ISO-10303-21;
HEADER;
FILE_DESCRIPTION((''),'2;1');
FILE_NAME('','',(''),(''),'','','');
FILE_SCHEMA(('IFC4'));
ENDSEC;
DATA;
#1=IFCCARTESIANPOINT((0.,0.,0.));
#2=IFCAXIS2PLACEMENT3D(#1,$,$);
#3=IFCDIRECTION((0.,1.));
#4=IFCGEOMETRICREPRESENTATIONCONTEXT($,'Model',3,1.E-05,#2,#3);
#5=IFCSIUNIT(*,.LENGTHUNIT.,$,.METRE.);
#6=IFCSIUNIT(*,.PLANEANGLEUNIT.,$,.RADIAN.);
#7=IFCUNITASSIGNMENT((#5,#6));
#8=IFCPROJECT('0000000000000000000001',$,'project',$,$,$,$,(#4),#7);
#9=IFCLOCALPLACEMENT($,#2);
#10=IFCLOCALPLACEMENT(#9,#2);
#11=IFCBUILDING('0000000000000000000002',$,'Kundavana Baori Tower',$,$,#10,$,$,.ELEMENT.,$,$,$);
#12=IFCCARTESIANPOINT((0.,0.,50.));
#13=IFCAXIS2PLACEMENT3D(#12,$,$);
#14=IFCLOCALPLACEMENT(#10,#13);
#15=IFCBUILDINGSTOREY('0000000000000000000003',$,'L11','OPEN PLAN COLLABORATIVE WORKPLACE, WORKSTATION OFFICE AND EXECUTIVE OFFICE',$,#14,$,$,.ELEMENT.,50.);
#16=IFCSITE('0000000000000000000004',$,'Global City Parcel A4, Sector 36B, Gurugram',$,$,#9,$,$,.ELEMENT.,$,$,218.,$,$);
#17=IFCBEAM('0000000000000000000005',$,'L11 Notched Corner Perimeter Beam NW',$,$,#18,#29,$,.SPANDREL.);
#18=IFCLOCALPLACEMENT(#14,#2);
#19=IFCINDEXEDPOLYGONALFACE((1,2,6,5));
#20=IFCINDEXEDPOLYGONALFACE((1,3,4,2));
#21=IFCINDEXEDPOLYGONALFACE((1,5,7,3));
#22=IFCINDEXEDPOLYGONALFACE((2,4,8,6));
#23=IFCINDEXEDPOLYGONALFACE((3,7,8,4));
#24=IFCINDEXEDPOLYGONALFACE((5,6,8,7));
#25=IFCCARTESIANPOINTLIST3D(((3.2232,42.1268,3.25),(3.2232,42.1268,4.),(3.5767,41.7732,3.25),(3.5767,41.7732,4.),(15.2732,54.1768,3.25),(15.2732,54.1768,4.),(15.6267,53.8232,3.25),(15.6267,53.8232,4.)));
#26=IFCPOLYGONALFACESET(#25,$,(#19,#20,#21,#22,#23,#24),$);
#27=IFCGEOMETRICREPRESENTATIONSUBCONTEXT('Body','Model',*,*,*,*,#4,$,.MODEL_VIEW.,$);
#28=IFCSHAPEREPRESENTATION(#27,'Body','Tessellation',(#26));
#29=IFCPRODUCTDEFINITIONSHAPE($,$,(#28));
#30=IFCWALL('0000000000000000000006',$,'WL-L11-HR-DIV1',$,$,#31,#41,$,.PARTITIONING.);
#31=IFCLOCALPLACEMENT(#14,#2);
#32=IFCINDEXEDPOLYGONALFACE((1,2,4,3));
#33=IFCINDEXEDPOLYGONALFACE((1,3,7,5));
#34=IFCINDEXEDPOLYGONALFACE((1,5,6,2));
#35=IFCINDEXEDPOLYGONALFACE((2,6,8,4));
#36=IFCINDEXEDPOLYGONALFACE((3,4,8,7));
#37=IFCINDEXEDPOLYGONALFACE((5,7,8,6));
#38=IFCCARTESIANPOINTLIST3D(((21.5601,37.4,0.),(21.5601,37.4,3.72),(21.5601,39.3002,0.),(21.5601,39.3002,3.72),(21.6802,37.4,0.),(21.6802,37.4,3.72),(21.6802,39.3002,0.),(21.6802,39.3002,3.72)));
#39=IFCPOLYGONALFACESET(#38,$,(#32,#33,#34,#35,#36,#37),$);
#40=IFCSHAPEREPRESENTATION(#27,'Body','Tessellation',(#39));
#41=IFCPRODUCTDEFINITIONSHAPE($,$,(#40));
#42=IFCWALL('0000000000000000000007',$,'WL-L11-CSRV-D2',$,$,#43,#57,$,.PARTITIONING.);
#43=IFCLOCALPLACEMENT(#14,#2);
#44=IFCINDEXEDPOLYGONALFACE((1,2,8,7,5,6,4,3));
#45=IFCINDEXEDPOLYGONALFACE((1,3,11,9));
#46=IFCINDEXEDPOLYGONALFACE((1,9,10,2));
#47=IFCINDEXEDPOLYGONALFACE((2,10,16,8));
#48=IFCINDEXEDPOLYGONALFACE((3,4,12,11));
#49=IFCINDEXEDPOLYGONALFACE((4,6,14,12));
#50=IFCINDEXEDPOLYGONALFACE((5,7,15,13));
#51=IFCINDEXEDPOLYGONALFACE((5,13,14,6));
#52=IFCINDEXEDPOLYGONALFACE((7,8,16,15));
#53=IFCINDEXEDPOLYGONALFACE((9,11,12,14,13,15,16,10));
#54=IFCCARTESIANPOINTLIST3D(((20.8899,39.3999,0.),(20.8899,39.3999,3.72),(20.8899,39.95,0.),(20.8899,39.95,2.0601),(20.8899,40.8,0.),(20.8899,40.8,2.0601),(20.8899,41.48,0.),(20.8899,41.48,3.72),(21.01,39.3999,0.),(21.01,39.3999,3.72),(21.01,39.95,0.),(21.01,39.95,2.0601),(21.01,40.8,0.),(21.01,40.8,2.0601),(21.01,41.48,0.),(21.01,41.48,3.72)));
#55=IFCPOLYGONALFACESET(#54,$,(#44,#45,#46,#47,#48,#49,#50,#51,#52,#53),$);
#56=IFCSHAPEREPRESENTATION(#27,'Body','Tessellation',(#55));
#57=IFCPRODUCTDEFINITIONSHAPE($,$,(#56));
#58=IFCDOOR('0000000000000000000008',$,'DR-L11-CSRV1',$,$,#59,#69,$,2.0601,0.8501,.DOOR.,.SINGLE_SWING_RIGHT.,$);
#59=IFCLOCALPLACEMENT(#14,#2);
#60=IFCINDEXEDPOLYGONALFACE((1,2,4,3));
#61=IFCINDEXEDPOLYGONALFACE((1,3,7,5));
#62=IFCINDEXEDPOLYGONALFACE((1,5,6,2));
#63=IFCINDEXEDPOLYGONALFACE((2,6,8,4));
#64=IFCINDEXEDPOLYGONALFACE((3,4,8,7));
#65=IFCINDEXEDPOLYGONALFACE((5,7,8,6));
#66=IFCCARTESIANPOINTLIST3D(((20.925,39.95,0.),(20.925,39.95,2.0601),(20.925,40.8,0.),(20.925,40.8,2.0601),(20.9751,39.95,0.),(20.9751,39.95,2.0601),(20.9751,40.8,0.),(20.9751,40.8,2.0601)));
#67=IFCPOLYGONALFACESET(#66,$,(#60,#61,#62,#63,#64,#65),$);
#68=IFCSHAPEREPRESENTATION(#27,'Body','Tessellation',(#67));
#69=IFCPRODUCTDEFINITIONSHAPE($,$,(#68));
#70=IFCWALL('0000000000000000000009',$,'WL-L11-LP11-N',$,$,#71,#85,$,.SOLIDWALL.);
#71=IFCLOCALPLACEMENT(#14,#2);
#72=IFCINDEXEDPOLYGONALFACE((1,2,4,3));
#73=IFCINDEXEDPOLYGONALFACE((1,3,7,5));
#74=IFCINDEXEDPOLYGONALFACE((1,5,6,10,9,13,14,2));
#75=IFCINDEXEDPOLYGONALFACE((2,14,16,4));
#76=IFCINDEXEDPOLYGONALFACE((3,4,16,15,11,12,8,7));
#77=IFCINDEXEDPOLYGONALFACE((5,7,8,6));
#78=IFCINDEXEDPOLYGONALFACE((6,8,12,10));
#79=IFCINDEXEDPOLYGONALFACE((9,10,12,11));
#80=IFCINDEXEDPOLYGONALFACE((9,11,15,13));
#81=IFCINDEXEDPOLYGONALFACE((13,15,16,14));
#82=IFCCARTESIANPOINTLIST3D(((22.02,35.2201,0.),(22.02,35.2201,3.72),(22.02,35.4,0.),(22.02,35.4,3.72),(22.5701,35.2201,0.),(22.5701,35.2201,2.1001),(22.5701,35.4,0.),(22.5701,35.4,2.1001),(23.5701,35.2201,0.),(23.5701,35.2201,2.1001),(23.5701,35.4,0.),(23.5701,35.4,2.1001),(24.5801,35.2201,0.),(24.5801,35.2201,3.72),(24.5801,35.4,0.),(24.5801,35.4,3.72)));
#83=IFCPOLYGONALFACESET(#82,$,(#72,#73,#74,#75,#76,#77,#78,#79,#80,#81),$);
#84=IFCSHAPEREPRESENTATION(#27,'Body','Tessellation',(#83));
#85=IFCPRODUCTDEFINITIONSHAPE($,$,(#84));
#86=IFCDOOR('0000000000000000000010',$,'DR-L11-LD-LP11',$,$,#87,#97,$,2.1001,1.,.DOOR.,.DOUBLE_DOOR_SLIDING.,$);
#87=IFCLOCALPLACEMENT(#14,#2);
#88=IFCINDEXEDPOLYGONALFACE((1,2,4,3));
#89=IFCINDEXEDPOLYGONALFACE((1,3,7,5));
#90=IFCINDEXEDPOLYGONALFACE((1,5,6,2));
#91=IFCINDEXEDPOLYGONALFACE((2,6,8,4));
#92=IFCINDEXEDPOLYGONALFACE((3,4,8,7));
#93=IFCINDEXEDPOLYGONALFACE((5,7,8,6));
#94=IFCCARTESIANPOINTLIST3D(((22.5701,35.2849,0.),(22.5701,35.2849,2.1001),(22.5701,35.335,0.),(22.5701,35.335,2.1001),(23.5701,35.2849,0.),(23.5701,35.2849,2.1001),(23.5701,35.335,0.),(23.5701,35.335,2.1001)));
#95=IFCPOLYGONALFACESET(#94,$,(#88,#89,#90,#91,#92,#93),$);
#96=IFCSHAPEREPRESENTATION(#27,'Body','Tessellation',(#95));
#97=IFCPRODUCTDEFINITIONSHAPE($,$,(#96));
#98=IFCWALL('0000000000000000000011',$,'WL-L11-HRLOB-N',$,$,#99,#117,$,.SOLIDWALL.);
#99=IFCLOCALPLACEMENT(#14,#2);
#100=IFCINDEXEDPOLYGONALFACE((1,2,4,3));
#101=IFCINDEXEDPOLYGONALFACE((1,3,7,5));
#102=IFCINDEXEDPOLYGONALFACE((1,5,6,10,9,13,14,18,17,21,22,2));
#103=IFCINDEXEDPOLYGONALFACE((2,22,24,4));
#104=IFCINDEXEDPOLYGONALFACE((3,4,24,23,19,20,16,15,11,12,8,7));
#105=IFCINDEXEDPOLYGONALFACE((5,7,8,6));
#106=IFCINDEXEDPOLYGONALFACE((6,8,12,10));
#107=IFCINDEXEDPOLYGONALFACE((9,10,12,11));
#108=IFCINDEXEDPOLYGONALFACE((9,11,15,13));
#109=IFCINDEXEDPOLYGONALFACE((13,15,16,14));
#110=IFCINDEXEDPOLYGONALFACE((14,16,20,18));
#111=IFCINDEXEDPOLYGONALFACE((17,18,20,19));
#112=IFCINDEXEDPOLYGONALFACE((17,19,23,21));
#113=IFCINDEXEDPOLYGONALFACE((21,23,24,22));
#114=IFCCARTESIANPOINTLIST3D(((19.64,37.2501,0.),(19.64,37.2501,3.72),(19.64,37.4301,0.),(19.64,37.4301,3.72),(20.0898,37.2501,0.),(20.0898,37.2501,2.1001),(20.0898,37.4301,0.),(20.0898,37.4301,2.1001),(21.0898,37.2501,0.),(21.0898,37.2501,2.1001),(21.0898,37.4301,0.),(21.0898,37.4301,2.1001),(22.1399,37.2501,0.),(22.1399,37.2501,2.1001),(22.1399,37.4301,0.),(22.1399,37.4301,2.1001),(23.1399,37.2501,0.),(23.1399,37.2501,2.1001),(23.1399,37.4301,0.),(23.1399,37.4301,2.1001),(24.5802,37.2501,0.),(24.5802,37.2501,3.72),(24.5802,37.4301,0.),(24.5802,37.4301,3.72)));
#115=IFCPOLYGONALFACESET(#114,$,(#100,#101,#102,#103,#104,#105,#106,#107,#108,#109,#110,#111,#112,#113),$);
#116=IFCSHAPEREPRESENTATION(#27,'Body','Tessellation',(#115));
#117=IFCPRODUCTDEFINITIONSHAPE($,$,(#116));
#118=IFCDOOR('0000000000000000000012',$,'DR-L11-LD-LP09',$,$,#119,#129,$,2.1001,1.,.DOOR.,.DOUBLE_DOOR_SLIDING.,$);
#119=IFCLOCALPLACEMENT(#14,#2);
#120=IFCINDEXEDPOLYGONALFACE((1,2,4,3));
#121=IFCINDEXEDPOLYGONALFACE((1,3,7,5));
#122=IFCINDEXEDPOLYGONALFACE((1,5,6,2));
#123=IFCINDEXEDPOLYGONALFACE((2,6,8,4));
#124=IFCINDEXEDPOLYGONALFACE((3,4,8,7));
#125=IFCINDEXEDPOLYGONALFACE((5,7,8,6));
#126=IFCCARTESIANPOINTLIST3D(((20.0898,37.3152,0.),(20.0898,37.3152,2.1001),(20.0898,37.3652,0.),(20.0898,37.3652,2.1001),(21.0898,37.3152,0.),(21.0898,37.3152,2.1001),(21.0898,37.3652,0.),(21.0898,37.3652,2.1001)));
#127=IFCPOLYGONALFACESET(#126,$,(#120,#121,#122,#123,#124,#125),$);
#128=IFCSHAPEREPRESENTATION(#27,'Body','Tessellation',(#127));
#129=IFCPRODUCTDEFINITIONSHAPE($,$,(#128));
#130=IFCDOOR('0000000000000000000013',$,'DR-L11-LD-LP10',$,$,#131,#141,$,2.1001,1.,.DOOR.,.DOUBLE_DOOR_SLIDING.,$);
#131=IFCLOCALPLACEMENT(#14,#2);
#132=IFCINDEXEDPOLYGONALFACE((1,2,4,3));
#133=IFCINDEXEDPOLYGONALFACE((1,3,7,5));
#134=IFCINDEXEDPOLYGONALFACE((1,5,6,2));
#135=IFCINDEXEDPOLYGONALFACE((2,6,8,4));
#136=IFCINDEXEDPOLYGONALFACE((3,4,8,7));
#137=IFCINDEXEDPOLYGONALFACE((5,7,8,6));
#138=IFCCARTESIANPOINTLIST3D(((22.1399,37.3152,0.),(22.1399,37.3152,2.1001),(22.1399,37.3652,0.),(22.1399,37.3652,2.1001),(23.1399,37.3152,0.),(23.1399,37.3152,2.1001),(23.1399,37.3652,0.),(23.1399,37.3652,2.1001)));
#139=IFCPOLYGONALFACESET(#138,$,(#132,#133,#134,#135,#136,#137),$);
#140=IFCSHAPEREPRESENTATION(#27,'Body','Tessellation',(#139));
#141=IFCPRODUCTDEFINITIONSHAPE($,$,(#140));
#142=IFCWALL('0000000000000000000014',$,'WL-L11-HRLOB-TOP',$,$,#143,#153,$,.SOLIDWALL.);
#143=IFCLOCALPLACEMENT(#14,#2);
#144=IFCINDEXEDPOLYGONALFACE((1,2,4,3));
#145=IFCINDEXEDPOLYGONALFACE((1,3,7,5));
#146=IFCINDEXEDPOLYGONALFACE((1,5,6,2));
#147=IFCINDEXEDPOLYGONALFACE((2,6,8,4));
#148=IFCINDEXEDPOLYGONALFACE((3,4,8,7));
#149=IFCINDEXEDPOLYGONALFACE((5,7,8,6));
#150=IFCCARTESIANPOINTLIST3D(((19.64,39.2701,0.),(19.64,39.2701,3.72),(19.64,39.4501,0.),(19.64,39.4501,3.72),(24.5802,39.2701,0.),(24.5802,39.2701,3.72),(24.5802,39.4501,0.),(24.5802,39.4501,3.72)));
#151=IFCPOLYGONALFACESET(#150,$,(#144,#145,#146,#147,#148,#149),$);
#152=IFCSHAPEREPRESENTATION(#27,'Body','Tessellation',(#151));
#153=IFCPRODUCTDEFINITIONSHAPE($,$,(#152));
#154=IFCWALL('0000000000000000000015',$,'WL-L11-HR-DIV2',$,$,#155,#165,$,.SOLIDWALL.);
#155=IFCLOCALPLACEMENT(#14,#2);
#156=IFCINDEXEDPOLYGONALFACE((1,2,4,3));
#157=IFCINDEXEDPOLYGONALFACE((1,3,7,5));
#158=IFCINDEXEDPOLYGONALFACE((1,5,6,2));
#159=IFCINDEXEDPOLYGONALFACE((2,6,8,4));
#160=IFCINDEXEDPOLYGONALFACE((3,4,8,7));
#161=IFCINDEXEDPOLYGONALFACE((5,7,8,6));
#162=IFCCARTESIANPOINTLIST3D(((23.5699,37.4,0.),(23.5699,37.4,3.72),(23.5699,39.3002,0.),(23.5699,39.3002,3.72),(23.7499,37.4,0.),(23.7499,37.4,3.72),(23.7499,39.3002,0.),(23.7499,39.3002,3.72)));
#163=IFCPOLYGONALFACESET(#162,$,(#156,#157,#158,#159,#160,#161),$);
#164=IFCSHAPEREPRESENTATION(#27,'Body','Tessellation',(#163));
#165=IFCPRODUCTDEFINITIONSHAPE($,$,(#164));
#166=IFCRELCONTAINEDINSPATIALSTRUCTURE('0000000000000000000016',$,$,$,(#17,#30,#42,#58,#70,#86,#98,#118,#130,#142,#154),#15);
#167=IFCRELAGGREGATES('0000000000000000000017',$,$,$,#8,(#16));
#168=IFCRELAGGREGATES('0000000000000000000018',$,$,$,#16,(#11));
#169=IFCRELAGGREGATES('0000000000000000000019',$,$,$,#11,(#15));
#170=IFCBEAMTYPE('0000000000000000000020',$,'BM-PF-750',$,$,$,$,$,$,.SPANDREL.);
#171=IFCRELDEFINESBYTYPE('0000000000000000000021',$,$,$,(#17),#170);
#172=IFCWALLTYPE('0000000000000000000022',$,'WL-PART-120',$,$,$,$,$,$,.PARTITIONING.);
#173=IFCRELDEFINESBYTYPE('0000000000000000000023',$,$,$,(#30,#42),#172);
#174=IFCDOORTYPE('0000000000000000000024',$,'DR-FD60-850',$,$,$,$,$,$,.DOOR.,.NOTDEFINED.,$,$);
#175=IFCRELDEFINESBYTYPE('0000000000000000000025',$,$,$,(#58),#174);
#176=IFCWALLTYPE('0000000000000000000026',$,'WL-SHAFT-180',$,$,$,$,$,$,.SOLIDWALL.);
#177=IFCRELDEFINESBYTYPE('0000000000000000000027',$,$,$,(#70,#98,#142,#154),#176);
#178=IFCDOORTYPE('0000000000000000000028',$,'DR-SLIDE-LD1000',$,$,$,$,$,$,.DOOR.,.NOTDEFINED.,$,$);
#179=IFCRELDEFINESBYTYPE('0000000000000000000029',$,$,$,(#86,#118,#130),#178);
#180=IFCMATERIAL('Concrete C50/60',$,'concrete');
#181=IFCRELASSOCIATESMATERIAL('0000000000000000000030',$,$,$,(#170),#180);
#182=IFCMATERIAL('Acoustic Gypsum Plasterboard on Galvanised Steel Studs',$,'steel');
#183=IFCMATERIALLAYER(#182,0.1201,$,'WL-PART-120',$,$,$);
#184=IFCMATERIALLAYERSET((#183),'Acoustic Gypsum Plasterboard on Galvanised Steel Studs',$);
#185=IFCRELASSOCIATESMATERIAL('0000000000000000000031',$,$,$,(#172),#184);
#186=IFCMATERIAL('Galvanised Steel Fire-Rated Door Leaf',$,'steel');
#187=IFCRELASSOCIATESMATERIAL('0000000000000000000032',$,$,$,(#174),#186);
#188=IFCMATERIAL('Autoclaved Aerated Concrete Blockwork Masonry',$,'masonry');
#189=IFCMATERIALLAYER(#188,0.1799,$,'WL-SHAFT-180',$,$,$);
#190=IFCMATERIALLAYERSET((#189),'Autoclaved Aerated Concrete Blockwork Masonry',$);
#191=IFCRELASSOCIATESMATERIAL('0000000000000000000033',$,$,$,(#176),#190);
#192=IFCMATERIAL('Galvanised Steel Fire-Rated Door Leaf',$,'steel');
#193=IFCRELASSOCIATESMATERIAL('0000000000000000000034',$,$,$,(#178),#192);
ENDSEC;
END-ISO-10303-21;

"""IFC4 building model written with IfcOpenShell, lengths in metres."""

from ifc_helpers import new_model, si_unit, direction, frame, frame_2d, origin, origin_2d, place, context, subcontext, project, spatial, rectangle, extrude, material, layer, layer_set, material_profile, profile_set, type_object, element, fill, save


model = new_model("IFC4")

# Units and contexts
model_context = context("Model", 3, precision=1e-05, world=origin(), true_north=direction((0.0, 1.0)))
body_context = subcontext(model_context, "Body", "Model", "MODEL_VIEW")
ifc_project = project(units=[si_unit("LENGTHUNIT", "METRE"), si_unit("PLANEANGLEUNIT", "RADIAN")], contexts=[model_context])

# Site, building, storey
site_placement = place(None, origin())
site = spatial("IfcSite", under=ifc_project, at=site_placement, Name="Global City Parcel A4, Sector 36B, Gurugram", CompositionType="ELEMENT", RefElevation=218.0)
building_placement = place(site_placement, origin())
building = spatial("IfcBuilding", under=site, at=building_placement, Name="Kundavana Baori Tower", CompositionType="ELEMENT")
storey_placement = place(building_placement, frame((0.0, 0.0, 50.0)))
storey = spatial("IfcBuildingStorey", under=building, at=storey_placement, Name="L11", Description="OPEN PLAN COLLABORATIVE WORKPLACE, WORKSTATION OFFICE AND EXECUTIVE OFFICE", CompositionType="ELEMENT", Elevation=50.0)

# Beam
ifc_material_1 = material(Name="Concrete C50/60", Category="concrete")
ifc_material_profile = material_profile(ifc_material_1, rectangle(XDim=0.5, YDim=0.75, at=origin_2d()), Name="RC BM 500x750")
ifc_profile_set = profile_set([ifc_material_profile], Name="Concrete C50/60")
beam_type = type_object("IfcBeamType", Name="BM-PF-750", PredefinedType="SPANDREL", material=ifc_profile_set)
beam_placement = place(storey_placement, frame((15.45, 54.0, 3.625), z_axis=(-0.707107, -0.707107, 0.0), x_axis=(0.707107, -0.707107, 0.0)))
element("IfcBeam", 1, at=beam_placement, inside=storey, type_object=beam_type, Name="L11 Notched Corner Perimeter Beam NW", PredefinedType="SPANDREL", context=body_context, shape_type="SweptSolid", body=[
    extrude(rectangle(XDim=0.5, YDim=0.75, at=origin_2d()), origin(), (0.0, 0.0, 1.0), 17.0413),
])

# Wall
ifc_material_2 = material(Name="Acoustic Gypsum Plasterboard on Galvanised Steel Studs", Category="steel")
ifc_layer_1 = layer(ifc_material_2, 0.1201, Name="WL-PART-120")
ifc_layer_set_1 = layer_set([ifc_layer_1], Name="Acoustic Gypsum Plasterboard on Galvanised Steel Studs")
wall_type_1 = type_object("IfcWallType", Name="WL-PART-120", PredefinedType="PARTITIONING", material=ifc_layer_set_1)
wall_1_placement = place(storey_placement, frame((21.6201, 37.3999, 0.0), z_axis=(0.0, 0.0, 1.0), x_axis=(0.0, 1.0, 0.0)))
element("IfcWall", 2, at=wall_1_placement, inside=storey, type_object=wall_type_1, Name="WL-L11-HR-DIV1", PredefinedType="PARTITIONING", context=body_context, shape_type="SweptSolid", body=[
    extrude(rectangle(XDim=1.9001, YDim=0.1201, at=frame_2d((0.9502, 0.0))), origin(), (0.0, 0.0, 1.0), 3.72),
])

# Walls, openings, doors
wall_2_placement = place(storey_placement, frame((20.95, 39.3999, 0.0), z_axis=(0.0, 0.0, 1.0), x_axis=(0.0, 1.0, 0.0)))
wall_2 = element("IfcWall", 3, at=wall_2_placement, inside=storey, type_object=wall_type_1, Name="WL-L11-CSRV-D2", PredefinedType="PARTITIONING", context=body_context, shape_type="SweptSolid", body=[
    extrude(rectangle(XDim=2.0801, YDim=0.1201, at=frame_2d((1.04, 0.0))), origin(), (0.0, 0.0, 1.0), 3.72),
])
opening_1_placement = place(wall_2_placement, frame((0.55, 0.0, 0.0)))
opening_1 = element("IfcOpeningElement", 4, at=opening_1_placement, cuts=wall_2, PredefinedType="OPENING", context=body_context, shape_type="SweptSolid", body=[
    extrude(rectangle(XDim=0.8501, YDim=2.0601, at=frame_2d((0.425, 1.03))), frame((0.0, 0.0701, 0.0), z_axis=(0.0, -1.0, 0.0), x_axis=(1.0, 0.0, 0.0)), (0.0, 0.0, 1.0), 0.1401),
])
ifc_material_3 = material(Name="Galvanised Steel Fire-Rated Door Leaf", Category="steel")
door_type_1 = type_object("IfcDoorType", Name="DR-FD60-850", OperationType="NOTDEFINED", PredefinedType="DOOR", material=ifc_material_3)
door_1_placement = place(opening_1_placement, origin())
door_1 = element("IfcDoor", 5, at=door_1_placement, inside=storey, type_object=door_type_1, Name="DR-L11-CSRV1", OperationType="SINGLE_SWING_RIGHT", OverallHeight=2.0601, OverallWidth=0.8501, PredefinedType="DOOR", context=body_context, shape_type="SweptSolid", body=[
    extrude(rectangle(XDim=0.8501, YDim=2.0601, at=frame_2d((0.425, 1.03))), frame((0.0, 0.0249, 0.0), z_axis=(0.0, -1.0, 0.0), x_axis=(1.0, 0.0, 0.0)), (0.0, 0.0, 1.0), 0.05),
])
fill(opening_1, door_1)
ifc_material_4 = material(Name="Autoclaved Aerated Concrete Blockwork Masonry", Category="masonry")
ifc_layer_2 = layer(ifc_material_4, 0.1799, Name="WL-SHAFT-180")
ifc_layer_set_2 = layer_set([ifc_layer_2], Name="Autoclaved Aerated Concrete Blockwork Masonry")
wall_type_2 = type_object("IfcWallType", Name="WL-SHAFT-180", PredefinedType="SOLIDWALL", material=ifc_layer_set_2)
wall_3_placement = place(storey_placement, frame((22.02, 35.3101, 0.0), z_axis=(0.0, 0.0, 1.0), x_axis=(1.0, 0.0, 0.0)))
wall_3 = element("IfcWall", 6, at=wall_3_placement, inside=storey, type_object=wall_type_2, Name="WL-L11-LP11-N", PredefinedType="SOLIDWALL", context=body_context, shape_type="SweptSolid", body=[
    extrude(rectangle(XDim=2.5601, YDim=0.1799, at=frame_2d((1.28, 0.0))), origin(), (0.0, 0.0, 1.0), 3.72),
])
opening_2_placement = place(wall_3_placement, frame((0.55, 0.0, 0.0)))
opening_2 = element("IfcOpeningElement", 7, at=opening_2_placement, cuts=wall_3, PredefinedType="OPENING", context=body_context, shape_type="SweptSolid", body=[
    extrude(rectangle(XDim=1.0, YDim=2.1001, at=frame_2d((0.5, 1.05))), frame((0.0, 0.1001, 0.0), z_axis=(0.0, -1.0, 0.0), x_axis=(1.0, 0.0, 0.0)), (0.0, 0.0, 1.0), 0.2),
])
ifc_material_5 = material(Name="Galvanised Steel Fire-Rated Door Leaf", Category="steel")
door_type_2 = type_object("IfcDoorType", Name="DR-SLIDE-LD1000", OperationType="NOTDEFINED", PredefinedType="DOOR", material=ifc_material_5)
door_2_placement = place(opening_2_placement, origin())
door_2 = element("IfcDoor", 8, at=door_2_placement, inside=storey, type_object=door_type_2, Name="DR-L11-LD-LP11", OperationType="DOUBLE_DOOR_SLIDING", OverallHeight=2.1001, OverallWidth=1.0, PredefinedType="DOOR", context=body_context, shape_type="SweptSolid", body=[
    extrude(rectangle(XDim=1.0, YDim=2.1001, at=frame_2d((0.5, 1.05))), frame((0.0, 0.0249, 0.0), z_axis=(0.0, -1.0, 0.0), x_axis=(1.0, 0.0, 0.0)), (0.0, 0.0, 1.0), 0.05),
])
fill(opening_2, door_2)

# Wall, openings, doors
wall_4_placement = place(storey_placement, frame((19.6399, 37.3401, 0.0), z_axis=(0.0, 0.0, 1.0), x_axis=(1.0, 0.0, 0.0)))
wall_4 = element("IfcWall", 9, at=wall_4_placement, inside=storey, type_object=wall_type_2, Name="WL-L11-HRLOB-N", PredefinedType="SOLIDWALL", context=body_context, shape_type="SweptSolid", body=[
    extrude(rectangle(XDim=4.9402, YDim=0.1799, at=frame_2d((2.4702, 0.0))), origin(), (0.0, 0.0, 1.0), 3.72),
])
opening_3_placement = place(wall_4_placement, frame((0.45, 0.0, 0.0)))
opening_3 = element("IfcOpeningElement", 10, at=opening_3_placement, cuts=wall_4, PredefinedType="OPENING", context=body_context, shape_type="SweptSolid", body=[
    extrude(rectangle(XDim=1.0, YDim=2.1001, at=frame_2d((0.5, 1.05))), frame((0.0, 0.1001, 0.0), z_axis=(0.0, -1.0, 0.0), x_axis=(1.0, 0.0, 0.0)), (0.0, 0.0, 1.0), 0.2),
])
opening_4_placement = place(wall_4_placement, frame((2.5, 0.0, 0.0)))
opening_4 = element("IfcOpeningElement", 11, at=opening_4_placement, cuts=wall_4, PredefinedType="OPENING", context=body_context, shape_type="SweptSolid", body=[
    extrude(rectangle(XDim=1.0, YDim=2.1001, at=frame_2d((0.5, 1.05))), frame((0.0, 0.1001, 0.0), z_axis=(0.0, -1.0, 0.0), x_axis=(1.0, 0.0, 0.0)), (0.0, 0.0, 1.0), 0.2),
])
door_3_placement = place(opening_3_placement, frame((1.0, 0.0, 0.0), z_axis=(0.0, 0.0, 1.0), x_axis=(-1.0, 0.0, 0.0)))
door_3 = element("IfcDoor", 12, at=door_3_placement, inside=storey, type_object=door_type_2, Name="DR-L11-LD-LP09", OperationType="DOUBLE_DOOR_SLIDING", OverallHeight=2.1001, OverallWidth=1.0, PredefinedType="DOOR", context=body_context, shape_type="SweptSolid", body=[
    extrude(rectangle(XDim=1.0, YDim=2.1001, at=frame_2d((0.5, 1.05))), frame((0.0, 0.0249, 0.0), z_axis=(0.0, -1.0, 0.0), x_axis=(1.0, 0.0, 0.0)), (0.0, 0.0, 1.0), 0.05),
])
fill(opening_3, door_3)
door_4_placement = place(opening_4_placement, frame((1.0, 0.0, 0.0), z_axis=(0.0, 0.0, 1.0), x_axis=(-1.0, 0.0, 0.0)))
door_4 = element("IfcDoor", 13, at=door_4_placement, inside=storey, type_object=door_type_2, Name="DR-L11-LD-LP10", OperationType="DOUBLE_DOOR_SLIDING", OverallHeight=2.1001, OverallWidth=1.0, PredefinedType="DOOR", context=body_context, shape_type="SweptSolid", body=[
    extrude(rectangle(XDim=1.0, YDim=2.1001, at=frame_2d((0.5, 1.05))), frame((0.0, 0.0249, 0.0), z_axis=(0.0, -1.0, 0.0), x_axis=(1.0, 0.0, 0.0)), (0.0, 0.0, 1.0), 0.05),
])
fill(opening_4, door_4)

# Walls
wall_5_placement = place(storey_placement, frame((19.6399, 39.3601, 0.0), z_axis=(0.0, 0.0, 1.0), x_axis=(1.0, 0.0, 0.0)))
element("IfcWall", 14, at=wall_5_placement, inside=storey, type_object=wall_type_2, Name="WL-L11-HRLOB-TOP", PredefinedType="SOLIDWALL", context=body_context, shape_type="SweptSolid", body=[
    extrude(rectangle(XDim=4.9402, YDim=0.1799, at=frame_2d((2.4702, 0.0))), origin(), (0.0, 0.0, 1.0), 3.72),
])
wall_6_placement = place(storey_placement, frame((23.6599, 37.3999, 0.0), z_axis=(0.0, 0.0, 1.0), x_axis=(0.0, 1.0, 0.0)))
element("IfcWall", 15, at=wall_6_placement, inside=storey, type_object=wall_type_2, Name="WL-L11-HR-DIV2", PredefinedType="SOLIDWALL", context=body_context, shape_type="SweptSolid", body=[
    extrude(rectangle(XDim=1.9001, YDim=0.1799, at=frame_2d((0.9502, 0.0))), origin(), (0.0, 0.0, 1.0), 3.72),
])

save(model, "model.ifc")
